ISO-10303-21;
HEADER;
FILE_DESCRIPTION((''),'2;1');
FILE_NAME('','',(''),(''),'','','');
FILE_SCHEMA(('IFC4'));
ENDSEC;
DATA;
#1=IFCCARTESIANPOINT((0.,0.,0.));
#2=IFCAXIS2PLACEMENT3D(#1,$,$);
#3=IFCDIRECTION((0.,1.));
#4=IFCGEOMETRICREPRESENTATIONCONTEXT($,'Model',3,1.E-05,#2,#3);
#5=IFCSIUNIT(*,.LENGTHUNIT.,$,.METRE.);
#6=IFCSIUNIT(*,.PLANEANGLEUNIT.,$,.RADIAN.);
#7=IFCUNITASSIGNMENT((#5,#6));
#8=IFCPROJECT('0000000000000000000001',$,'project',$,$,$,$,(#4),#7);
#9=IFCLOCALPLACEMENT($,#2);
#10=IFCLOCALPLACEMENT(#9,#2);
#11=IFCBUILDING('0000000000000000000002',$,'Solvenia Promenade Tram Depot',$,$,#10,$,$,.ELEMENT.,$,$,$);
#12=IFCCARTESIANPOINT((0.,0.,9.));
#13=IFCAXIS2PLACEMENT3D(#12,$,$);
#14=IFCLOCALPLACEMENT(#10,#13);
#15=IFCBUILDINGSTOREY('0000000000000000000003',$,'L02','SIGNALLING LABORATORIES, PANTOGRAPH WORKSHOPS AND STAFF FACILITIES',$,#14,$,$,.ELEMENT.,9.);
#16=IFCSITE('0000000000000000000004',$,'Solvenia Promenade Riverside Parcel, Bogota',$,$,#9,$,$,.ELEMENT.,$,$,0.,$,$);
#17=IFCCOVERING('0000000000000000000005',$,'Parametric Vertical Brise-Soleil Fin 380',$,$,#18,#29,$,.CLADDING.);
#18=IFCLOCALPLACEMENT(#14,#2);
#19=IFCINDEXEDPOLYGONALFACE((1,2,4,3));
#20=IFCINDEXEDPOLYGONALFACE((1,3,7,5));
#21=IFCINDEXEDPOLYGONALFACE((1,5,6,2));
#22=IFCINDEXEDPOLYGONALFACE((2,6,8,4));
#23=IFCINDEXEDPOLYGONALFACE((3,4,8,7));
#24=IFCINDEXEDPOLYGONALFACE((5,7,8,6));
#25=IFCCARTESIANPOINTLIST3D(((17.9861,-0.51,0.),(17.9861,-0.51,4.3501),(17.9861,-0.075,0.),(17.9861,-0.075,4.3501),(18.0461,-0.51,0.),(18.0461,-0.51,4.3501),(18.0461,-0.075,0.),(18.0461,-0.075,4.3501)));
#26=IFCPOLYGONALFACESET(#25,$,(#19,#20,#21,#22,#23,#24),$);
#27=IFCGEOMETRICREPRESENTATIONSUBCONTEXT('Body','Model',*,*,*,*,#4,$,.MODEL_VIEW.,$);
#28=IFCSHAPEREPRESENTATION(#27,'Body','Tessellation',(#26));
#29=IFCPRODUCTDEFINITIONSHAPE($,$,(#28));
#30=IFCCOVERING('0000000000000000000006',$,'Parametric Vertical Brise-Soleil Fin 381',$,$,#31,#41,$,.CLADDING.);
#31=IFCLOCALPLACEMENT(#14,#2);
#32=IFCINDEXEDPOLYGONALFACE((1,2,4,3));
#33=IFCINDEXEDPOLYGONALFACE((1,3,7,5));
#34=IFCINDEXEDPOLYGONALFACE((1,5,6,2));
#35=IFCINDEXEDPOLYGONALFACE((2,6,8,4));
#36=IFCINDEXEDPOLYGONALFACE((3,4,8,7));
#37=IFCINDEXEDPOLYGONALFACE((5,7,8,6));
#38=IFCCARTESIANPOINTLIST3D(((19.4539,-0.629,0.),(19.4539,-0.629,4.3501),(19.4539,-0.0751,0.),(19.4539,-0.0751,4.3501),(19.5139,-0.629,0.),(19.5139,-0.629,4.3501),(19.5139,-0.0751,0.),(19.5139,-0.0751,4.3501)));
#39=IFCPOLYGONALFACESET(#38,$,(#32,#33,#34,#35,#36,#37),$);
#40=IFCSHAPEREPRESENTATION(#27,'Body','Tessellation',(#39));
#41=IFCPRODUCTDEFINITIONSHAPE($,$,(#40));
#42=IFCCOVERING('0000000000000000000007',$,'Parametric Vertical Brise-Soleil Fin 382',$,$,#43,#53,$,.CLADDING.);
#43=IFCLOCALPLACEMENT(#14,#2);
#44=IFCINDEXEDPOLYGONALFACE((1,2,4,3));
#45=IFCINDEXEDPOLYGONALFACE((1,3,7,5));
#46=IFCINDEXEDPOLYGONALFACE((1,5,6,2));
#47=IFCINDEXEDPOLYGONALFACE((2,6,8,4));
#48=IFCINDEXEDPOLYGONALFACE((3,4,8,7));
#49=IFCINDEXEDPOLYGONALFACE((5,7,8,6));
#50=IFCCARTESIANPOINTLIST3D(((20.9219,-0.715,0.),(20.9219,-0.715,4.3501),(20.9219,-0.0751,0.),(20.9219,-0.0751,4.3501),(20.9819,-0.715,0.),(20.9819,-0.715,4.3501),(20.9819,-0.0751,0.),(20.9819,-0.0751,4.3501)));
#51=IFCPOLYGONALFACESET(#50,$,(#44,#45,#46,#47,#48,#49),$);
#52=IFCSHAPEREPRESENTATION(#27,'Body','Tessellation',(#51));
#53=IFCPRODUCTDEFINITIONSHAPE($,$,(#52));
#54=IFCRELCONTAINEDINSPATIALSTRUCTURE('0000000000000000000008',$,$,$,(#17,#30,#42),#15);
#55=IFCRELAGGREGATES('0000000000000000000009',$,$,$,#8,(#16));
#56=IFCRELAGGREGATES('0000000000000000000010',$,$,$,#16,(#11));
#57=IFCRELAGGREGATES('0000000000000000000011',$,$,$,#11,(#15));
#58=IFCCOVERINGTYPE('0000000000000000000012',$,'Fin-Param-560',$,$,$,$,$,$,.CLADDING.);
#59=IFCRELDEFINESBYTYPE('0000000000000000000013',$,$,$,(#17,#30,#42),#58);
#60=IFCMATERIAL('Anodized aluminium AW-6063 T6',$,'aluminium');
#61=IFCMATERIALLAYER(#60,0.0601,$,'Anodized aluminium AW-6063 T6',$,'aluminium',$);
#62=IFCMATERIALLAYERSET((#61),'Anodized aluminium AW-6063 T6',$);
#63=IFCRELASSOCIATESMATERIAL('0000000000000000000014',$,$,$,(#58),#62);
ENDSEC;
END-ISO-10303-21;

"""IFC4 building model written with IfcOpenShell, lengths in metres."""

from ifc_helpers import new_model, si_unit, direction, frame, origin, origin_2d, place, context, subcontext, project, spatial, rectangle, extrude, material, layer, layer_set, type_object, element, save


model = new_model("IFC4")

# Units and contexts
model_context = context("Model", 3, precision=1e-05, world=origin(), true_north=direction((0.0, 1.0)))
body_context = subcontext(model_context, "Body", "Model", "MODEL_VIEW")
ifc_project = project(units=[si_unit("LENGTHUNIT", "METRE"), si_unit("PLANEANGLEUNIT", "RADIAN")], contexts=[model_context])

# Site, building, storey
site_placement = place(None, origin())
site = spatial("IfcSite", under=ifc_project, at=site_placement, Name="Solvenia Promenade Riverside Parcel, Bogota", CompositionType="ELEMENT", RefElevation=0.0)
building_placement = place(site_placement, origin())
building = spatial("IfcBuilding", under=site, at=building_placement, Name="Solvenia Promenade Tram Depot", CompositionType="ELEMENT")
storey_placement = place(building_placement, frame((0.0, 0.0, 9.0)))
storey = spatial("IfcBuildingStorey", under=building, at=storey_placement, Name="L02", Description="SIGNALLING LABORATORIES, PANTOGRAPH WORKSHOPS AND STAFF FACILITIES", CompositionType="ELEMENT", Elevation=9.0)

# Shared definitions
ifc_material_1 = material(Name="Anodized aluminium AW-6063 T6", Category="aluminium")

# Coverings
ifc_layer_1 = layer(ifc_material_1, 0.0601, Name="Anodized aluminium AW-6063 T6", Category="aluminium")
ifc_layer_set_1 = layer_set([ifc_layer_1], Name="Anodized aluminium AW-6063 T6")
covering_type = type_object("IfcCoveringType", Name="Fin-Param-560", PredefinedType="CLADDING", material=ifc_layer_set_1)
covering_1_placement = place(storey_placement, frame((18.0161, -0.2925, 0.0), z_axis=(0.0, 0.0, 1.0), x_axis=(1.0, 0.0, 0.0)))
element("IfcCovering", 1, at=covering_1_placement, inside=storey, type_object=covering_type, Name="Parametric Vertical Brise-Soleil Fin 380", PredefinedType="CLADDING", context=body_context, shape_type="SweptSolid", body=[
    extrude(rectangle(XDim=0.0601, YDim=0.4351, at=origin_2d()), origin(), (0.0, 0.0, 1.0), 4.3501),
])
covering_2_placement = place(storey_placement, frame((19.4839, -0.3521, 0.0), z_axis=(0.0, 0.0, 1.0), x_axis=(1.0, 0.0, 0.0)))
element("IfcCovering", 2, at=covering_2_placement, inside=storey, type_object=covering_type, Name="Parametric Vertical Brise-Soleil Fin 381", PredefinedType="CLADDING", context=body_context, shape_type="SweptSolid", body=[
    extrude(rectangle(XDim=0.0601, YDim=0.554, at=origin_2d()), origin(), (0.0, 0.0, 1.0), 4.3501),
])
covering_3_placement = place(storey_placement, frame((20.9519, -0.395, 0.0), z_axis=(0.0, 0.0, 1.0), x_axis=(1.0, 0.0, 0.0)))
element("IfcCovering", 3, at=covering_3_placement, inside=storey, type_object=covering_type, Name="Parametric Vertical Brise-Soleil Fin 382", PredefinedType="CLADDING", context=body_context, shape_type="SweptSolid", body=[
    extrude(rectangle(XDim=0.0601, YDim=0.6399, at=origin_2d()), origin(), (0.0, 0.0, 1.0), 4.3501),
])

save(model, "model.ifc")
